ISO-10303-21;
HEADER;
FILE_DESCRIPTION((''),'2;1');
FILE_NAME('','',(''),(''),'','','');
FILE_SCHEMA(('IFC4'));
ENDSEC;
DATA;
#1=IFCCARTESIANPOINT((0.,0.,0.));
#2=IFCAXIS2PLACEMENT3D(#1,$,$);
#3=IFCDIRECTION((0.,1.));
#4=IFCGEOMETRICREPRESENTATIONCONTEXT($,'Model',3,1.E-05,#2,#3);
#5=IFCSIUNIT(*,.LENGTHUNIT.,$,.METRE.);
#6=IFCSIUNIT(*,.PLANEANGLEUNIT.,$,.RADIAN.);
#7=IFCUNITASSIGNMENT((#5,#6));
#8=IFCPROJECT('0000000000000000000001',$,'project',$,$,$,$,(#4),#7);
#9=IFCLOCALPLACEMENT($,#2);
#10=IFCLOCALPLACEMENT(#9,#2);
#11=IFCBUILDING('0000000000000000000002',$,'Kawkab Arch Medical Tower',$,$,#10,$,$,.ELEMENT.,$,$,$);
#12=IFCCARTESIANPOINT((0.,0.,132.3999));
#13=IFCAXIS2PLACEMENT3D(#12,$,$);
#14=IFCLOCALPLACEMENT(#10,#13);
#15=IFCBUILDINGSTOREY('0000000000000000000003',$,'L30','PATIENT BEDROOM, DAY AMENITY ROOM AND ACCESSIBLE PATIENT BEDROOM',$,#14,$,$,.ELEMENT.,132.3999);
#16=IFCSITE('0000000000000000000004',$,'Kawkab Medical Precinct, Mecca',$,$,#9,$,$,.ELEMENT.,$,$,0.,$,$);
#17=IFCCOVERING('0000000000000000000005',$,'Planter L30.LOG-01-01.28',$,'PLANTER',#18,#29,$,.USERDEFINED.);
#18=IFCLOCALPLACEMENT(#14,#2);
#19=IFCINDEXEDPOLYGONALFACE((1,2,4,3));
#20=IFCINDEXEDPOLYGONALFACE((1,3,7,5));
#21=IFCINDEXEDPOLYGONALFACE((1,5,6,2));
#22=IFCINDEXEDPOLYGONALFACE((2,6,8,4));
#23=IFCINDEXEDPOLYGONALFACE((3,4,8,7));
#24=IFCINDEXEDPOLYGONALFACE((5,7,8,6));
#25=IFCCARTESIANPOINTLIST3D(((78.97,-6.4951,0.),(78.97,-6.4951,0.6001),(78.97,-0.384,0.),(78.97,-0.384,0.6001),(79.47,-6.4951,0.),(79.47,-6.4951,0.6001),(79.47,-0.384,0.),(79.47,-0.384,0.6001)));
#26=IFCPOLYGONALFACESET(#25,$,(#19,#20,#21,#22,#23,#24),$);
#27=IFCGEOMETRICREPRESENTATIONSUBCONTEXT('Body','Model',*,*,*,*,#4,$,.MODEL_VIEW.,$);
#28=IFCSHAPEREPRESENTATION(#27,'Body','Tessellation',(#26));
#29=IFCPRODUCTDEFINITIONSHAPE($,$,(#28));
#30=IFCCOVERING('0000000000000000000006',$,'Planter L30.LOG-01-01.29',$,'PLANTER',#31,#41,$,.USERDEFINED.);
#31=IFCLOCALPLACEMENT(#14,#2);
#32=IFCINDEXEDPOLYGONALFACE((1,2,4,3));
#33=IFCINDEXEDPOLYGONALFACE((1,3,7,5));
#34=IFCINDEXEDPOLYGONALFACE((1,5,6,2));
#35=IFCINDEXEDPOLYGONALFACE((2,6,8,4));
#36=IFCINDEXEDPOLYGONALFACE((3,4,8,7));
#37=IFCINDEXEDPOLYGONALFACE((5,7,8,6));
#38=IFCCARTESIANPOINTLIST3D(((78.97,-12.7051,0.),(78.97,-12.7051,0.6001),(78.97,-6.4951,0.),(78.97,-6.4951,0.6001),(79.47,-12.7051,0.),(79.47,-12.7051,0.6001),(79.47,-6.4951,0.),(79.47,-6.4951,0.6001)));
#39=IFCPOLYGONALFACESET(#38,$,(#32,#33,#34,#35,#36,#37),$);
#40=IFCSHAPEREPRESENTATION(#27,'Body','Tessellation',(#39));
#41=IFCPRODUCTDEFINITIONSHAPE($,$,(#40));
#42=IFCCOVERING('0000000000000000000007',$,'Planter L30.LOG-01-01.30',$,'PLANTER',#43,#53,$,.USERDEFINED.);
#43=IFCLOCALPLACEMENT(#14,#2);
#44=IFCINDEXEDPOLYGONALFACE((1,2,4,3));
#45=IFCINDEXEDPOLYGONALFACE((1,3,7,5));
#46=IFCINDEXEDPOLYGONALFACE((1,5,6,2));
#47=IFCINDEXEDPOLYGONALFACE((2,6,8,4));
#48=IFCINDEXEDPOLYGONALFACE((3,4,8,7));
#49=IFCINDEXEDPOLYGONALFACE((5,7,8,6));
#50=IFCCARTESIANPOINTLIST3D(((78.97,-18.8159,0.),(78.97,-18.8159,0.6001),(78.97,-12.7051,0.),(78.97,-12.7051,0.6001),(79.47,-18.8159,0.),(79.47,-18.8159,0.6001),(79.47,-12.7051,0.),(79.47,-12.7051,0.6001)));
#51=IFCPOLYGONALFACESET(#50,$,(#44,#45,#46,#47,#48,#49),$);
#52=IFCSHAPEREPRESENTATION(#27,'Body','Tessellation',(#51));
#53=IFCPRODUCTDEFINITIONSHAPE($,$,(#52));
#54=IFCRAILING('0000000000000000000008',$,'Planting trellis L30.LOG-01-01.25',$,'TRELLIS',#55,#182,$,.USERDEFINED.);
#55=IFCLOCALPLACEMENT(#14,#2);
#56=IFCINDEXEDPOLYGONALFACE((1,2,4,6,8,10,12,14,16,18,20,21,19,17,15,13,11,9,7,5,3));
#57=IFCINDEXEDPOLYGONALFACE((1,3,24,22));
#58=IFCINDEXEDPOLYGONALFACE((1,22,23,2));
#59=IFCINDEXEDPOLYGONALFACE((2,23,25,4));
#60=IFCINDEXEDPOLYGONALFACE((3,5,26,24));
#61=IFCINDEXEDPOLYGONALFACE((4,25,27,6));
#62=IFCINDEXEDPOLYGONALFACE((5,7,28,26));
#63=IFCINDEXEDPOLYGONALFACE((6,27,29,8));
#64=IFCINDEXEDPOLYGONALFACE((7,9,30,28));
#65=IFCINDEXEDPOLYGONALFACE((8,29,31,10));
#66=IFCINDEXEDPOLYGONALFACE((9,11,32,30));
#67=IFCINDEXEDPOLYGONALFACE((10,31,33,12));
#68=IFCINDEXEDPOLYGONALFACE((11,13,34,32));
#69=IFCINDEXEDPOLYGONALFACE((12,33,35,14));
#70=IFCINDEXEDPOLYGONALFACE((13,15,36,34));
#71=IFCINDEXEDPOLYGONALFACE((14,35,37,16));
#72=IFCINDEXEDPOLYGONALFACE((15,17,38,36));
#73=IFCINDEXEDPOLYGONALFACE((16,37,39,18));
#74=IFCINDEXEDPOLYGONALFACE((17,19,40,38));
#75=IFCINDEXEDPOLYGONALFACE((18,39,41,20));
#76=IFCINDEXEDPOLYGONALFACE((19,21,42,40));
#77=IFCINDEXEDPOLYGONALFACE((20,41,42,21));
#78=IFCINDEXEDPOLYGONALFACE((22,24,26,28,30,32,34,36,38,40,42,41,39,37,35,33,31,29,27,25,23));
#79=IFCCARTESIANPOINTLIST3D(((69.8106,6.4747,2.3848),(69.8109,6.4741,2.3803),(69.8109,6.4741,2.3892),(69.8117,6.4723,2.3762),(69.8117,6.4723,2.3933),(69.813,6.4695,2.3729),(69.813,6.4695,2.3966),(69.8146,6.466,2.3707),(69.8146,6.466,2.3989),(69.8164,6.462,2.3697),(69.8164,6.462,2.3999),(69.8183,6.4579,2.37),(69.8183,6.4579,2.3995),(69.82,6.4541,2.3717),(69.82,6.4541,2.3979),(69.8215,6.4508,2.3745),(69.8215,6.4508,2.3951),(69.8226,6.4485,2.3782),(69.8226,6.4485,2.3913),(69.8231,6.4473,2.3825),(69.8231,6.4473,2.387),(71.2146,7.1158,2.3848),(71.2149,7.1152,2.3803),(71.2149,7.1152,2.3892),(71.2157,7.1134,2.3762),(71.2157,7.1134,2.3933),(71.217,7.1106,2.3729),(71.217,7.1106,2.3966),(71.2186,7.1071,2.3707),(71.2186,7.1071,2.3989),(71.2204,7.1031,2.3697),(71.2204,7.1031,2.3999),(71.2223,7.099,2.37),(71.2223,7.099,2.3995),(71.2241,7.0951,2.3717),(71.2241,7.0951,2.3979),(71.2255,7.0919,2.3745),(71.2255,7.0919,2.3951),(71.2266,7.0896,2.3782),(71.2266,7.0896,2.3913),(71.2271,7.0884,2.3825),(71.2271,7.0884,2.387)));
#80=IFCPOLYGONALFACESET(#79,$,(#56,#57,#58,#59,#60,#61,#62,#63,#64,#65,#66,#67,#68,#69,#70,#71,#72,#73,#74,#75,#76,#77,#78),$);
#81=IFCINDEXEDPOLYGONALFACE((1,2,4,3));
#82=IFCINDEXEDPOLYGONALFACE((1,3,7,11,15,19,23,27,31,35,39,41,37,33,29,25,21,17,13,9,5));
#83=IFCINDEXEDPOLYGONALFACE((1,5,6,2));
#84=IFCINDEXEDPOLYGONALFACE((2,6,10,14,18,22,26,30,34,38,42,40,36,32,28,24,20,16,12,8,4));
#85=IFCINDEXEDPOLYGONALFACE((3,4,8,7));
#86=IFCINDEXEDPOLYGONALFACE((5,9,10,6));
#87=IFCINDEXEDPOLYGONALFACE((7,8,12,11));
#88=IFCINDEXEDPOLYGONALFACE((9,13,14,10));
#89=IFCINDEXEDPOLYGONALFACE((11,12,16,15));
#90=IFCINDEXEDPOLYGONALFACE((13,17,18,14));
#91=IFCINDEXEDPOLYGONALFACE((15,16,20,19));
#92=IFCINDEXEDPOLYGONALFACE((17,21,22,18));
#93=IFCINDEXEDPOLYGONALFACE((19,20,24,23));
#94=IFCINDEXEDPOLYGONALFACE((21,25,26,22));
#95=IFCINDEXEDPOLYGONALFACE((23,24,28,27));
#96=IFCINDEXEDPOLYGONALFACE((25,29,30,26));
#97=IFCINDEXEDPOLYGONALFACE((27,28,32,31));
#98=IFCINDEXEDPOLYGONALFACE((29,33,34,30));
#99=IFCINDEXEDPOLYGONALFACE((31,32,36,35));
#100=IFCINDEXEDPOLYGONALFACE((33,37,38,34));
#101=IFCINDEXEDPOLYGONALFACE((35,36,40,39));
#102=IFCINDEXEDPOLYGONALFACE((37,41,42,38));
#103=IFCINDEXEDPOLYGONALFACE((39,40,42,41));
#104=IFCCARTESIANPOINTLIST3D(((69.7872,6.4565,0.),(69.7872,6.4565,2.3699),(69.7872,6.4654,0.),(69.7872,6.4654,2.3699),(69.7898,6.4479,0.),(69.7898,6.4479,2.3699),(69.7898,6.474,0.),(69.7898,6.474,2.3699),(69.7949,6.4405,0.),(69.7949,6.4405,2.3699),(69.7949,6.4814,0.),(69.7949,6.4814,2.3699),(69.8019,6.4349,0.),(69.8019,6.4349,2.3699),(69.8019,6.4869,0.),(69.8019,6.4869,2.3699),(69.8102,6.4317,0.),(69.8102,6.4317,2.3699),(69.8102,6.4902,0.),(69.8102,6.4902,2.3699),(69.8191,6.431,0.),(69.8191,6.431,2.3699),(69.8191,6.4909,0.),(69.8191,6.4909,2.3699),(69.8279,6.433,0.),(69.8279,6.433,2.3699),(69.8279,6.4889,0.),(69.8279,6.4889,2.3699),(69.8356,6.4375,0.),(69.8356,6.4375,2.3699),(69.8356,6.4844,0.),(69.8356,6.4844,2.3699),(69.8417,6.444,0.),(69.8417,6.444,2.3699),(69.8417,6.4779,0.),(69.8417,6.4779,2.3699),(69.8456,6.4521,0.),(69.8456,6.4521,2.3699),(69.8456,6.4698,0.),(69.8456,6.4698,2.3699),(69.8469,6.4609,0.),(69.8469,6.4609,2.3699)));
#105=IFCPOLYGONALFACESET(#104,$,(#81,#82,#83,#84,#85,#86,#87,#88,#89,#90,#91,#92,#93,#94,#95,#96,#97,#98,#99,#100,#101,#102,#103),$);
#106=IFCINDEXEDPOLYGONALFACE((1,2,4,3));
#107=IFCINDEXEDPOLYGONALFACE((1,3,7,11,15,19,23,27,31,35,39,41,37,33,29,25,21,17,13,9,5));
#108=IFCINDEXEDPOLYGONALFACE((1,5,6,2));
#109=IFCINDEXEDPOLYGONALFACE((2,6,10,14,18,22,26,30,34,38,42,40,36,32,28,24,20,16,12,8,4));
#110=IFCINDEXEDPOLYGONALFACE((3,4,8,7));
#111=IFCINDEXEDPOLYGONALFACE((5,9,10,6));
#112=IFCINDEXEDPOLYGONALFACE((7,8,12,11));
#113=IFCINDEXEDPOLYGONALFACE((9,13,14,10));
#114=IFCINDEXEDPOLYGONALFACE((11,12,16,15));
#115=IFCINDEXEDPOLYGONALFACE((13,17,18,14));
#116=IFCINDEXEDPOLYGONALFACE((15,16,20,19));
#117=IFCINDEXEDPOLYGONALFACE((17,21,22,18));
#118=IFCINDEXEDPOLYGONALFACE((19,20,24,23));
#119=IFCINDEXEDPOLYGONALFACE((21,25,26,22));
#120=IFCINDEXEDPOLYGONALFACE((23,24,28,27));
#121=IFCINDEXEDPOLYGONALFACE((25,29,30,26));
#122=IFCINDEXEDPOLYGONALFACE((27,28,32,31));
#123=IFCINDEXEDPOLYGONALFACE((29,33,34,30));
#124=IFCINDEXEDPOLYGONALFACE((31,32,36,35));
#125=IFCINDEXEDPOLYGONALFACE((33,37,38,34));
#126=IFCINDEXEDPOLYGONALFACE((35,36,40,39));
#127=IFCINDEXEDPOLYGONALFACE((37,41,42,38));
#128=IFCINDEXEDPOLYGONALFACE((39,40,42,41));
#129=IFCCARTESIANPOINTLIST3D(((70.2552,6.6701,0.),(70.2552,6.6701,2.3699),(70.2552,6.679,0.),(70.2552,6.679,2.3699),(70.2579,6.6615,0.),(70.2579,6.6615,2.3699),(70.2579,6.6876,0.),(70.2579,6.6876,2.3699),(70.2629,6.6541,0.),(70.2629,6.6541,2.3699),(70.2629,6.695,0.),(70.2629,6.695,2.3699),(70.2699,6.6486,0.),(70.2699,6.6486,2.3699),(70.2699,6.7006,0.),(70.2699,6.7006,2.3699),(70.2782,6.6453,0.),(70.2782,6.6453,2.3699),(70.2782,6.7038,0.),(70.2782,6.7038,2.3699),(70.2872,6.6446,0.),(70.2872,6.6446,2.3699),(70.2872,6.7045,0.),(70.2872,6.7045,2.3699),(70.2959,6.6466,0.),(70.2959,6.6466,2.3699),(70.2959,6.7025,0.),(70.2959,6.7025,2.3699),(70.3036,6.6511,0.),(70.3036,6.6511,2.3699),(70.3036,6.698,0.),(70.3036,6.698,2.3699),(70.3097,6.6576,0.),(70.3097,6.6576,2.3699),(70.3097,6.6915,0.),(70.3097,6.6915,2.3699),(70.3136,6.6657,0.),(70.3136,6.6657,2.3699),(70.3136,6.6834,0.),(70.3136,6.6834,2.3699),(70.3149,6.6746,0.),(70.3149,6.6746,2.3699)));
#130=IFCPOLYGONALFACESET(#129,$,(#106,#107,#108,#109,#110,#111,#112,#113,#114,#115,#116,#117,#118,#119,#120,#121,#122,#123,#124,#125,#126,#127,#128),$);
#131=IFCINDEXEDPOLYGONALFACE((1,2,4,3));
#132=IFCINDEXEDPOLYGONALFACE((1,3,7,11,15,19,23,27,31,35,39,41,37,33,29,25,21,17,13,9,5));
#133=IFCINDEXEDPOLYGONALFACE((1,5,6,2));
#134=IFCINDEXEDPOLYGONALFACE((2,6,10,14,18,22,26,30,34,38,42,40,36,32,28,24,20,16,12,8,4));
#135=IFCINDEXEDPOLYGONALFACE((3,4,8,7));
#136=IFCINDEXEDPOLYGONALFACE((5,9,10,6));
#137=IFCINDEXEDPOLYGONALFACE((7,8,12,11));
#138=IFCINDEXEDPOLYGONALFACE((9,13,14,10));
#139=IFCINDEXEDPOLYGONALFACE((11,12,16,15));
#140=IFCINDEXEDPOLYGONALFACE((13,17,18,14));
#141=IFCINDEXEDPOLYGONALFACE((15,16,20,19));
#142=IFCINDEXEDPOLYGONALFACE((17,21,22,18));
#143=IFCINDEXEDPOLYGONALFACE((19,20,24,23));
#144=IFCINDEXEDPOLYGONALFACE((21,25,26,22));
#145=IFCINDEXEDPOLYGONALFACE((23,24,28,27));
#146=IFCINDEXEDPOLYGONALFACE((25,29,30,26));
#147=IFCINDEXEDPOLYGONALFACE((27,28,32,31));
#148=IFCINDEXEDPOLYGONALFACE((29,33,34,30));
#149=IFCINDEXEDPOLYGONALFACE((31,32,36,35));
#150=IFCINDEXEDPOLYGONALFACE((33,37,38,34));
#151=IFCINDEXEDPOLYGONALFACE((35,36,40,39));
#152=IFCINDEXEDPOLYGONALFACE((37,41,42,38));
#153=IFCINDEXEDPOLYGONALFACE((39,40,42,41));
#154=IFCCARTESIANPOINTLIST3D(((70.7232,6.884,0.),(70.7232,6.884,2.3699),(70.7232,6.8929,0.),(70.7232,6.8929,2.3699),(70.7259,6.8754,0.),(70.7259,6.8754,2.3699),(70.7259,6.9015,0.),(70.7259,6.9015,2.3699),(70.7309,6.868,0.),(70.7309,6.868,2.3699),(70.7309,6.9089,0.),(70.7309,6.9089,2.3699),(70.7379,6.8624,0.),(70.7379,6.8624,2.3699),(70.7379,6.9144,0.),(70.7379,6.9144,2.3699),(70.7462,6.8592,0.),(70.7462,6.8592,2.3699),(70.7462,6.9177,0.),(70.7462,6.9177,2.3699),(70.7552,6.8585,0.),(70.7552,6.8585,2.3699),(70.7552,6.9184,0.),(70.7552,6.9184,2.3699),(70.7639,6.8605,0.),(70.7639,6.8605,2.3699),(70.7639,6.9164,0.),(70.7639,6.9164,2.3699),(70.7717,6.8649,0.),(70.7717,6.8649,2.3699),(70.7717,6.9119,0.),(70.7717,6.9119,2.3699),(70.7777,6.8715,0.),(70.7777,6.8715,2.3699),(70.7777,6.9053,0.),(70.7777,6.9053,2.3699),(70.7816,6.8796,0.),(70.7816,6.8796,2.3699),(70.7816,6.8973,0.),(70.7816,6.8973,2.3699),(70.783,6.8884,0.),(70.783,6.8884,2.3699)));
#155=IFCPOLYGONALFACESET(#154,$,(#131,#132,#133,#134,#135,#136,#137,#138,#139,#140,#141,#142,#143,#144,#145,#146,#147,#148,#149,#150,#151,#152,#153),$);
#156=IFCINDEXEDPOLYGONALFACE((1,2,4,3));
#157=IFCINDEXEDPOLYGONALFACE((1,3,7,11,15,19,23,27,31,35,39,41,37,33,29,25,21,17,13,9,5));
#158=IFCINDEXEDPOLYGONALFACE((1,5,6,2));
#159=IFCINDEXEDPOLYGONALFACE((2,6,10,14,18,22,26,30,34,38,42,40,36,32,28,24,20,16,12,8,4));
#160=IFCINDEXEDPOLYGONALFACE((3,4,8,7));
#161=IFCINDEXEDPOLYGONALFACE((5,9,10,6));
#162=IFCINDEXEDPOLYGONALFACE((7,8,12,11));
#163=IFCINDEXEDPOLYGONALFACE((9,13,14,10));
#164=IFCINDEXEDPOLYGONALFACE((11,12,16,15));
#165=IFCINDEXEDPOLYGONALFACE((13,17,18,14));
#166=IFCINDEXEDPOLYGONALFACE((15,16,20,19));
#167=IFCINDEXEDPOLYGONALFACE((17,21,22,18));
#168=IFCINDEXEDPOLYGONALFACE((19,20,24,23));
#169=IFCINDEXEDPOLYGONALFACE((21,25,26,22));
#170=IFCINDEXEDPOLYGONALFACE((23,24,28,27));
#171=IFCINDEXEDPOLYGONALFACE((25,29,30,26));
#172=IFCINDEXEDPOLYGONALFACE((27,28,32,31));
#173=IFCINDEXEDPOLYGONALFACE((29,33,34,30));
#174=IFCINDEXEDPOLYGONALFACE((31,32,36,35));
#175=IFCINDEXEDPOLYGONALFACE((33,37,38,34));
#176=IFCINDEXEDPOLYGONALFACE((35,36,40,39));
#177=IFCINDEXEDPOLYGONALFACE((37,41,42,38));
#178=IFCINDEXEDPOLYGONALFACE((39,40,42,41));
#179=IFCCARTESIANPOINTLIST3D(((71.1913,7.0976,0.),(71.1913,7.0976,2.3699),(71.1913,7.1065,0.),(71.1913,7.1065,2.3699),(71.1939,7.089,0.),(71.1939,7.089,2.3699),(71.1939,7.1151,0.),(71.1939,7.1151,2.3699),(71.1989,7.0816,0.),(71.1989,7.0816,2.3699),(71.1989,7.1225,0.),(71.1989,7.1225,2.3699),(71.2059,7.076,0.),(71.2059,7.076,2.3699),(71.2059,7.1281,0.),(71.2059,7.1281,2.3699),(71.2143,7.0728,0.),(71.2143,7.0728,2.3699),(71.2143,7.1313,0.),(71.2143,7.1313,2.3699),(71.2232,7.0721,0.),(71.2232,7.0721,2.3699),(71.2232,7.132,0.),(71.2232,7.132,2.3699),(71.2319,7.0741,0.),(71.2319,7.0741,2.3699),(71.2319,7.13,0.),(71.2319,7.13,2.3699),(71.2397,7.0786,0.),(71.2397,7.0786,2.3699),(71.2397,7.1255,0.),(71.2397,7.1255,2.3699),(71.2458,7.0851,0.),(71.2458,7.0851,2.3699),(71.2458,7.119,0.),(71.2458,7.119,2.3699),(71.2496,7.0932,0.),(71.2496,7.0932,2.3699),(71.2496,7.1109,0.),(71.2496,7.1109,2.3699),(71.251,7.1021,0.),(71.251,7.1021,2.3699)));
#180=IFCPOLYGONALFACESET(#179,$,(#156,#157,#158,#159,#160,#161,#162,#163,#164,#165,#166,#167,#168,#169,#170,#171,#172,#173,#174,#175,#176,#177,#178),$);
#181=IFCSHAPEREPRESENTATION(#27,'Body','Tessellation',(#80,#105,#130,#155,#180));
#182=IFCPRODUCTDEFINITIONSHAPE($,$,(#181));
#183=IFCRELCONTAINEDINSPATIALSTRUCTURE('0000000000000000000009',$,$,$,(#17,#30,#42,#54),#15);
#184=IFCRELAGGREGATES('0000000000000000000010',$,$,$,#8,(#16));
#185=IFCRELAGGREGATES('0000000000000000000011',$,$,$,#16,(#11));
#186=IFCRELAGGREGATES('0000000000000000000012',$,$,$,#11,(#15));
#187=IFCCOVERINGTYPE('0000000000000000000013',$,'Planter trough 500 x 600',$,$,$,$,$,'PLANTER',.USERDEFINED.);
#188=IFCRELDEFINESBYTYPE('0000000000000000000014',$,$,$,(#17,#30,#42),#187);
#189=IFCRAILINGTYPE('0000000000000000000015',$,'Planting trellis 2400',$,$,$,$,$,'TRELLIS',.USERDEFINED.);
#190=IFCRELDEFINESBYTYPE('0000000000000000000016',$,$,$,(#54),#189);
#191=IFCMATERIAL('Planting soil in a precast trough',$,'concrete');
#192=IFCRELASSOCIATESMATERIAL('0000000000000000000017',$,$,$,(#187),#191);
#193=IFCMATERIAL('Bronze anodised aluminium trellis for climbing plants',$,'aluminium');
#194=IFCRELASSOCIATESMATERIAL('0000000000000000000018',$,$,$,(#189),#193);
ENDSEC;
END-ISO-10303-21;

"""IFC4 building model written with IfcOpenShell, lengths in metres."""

from ifc_helpers import new_model, si_unit, direction, frame, origin, origin_2d, place, context, subcontext, project, spatial, rectangle, circle, extrude, material, material_profile, profile_set, type_object, element, save


model = new_model("IFC4")

# Units and contexts
model_context = context("Model", 3, precision=1e-05, world=origin(), true_north=direction((0.0, 1.0)))
body_context = subcontext(model_context, "Body", "Model", "MODEL_VIEW")
ifc_project = project(units=[si_unit("LENGTHUNIT", "METRE"), si_unit("PLANEANGLEUNIT", "RADIAN")], contexts=[model_context])

# Site, building, storey
site_placement = place(None, origin())
site = spatial("IfcSite", under=ifc_project, at=site_placement, Name="Kawkab Medical Precinct, Mecca", CompositionType="ELEMENT", RefElevation=0.0)
building_placement = place(site_placement, origin())
building = spatial("IfcBuilding", under=site, at=building_placement, Name="Kawkab Arch Medical Tower", CompositionType="ELEMENT")
storey_placement = place(building_placement, frame((0.0, 0.0, 132.3999)))
storey = spatial("IfcBuildingStorey", under=building, at=storey_placement, Name="L30", Description="PATIENT BEDROOM, DAY AMENITY ROOM AND ACCESSIBLE PATIENT BEDROOM", CompositionType="ELEMENT", Elevation=132.3999)

# Coverings
ifc_material_1 = material(Name="Planting soil in a precast trough", Category="concrete")
ifc_material_profile_1 = material_profile(ifc_material_1, rectangle(XDim=0.5, YDim=0.6001, at=origin_2d()), Name="Trough 500x600")
ifc_profile_set_1 = profile_set([ifc_material_profile_1], Name="Planting soil in a precast trough")
covering_type_1 = type_object("IfcCoveringType", Name="Planter trough 500 x 600", ElementType="PLANTER", PredefinedType="USERDEFINED", material=ifc_profile_set_1)
covering_1_placement = place(storey_placement, frame((79.22, -0.384, 0.3), z_axis=(0.0, -1.0, 0.0), x_axis=(1.0, 0.0, 0.0)))
element("IfcCovering", 1, at=covering_1_placement, inside=storey, type_object=covering_type_1, Name="Planter L30.LOG-01-01.28", ObjectType="PLANTER", PredefinedType="USERDEFINED", context=body_context, shape_type="SweptSolid", body=[
    extrude(rectangle(XDim=0.5, YDim=0.6001, at=origin_2d()), origin(), (0.0, 0.0, 1.0), 6.1111),
])
covering_2_placement = place(storey_placement, frame((79.22, -6.4951, 0.3), z_axis=(0.0, -1.0, 0.0), x_axis=(1.0, 0.0, 0.0)))
element("IfcCovering", 2, at=covering_2_placement, inside=storey, type_object=covering_type_1, Name="Planter L30.LOG-01-01.29", ObjectType="PLANTER", PredefinedType="USERDEFINED", context=body_context, shape_type="SweptSolid", body=[
    extrude(rectangle(XDim=0.5, YDim=0.6001, at=origin_2d()), origin(), (0.0, 0.0, 1.0), 6.21),
])
covering_3_placement = place(storey_placement, frame((79.22, -12.7051, 0.3), z_axis=(0.0, -1.0, 0.0), x_axis=(1.0, 0.0, 0.0)))
element("IfcCovering", 3, at=covering_3_placement, inside=storey, type_object=covering_type_1, Name="Planter L30.LOG-01-01.30", ObjectType="PLANTER", PredefinedType="USERDEFINED", context=body_context, shape_type="SweptSolid", body=[
    extrude(rectangle(XDim=0.5, YDim=0.6001, at=origin_2d()), origin(), (0.0, 0.0, 1.0), 6.1108),
])

# Railing
ifc_material_2 = material(Name="Bronze anodised aluminium trellis for climbing plants", Category="aluminium")
railing_type = type_object("IfcRailingType", Name="Planting trellis 2400", ElementType="TRELLIS", PredefinedType="USERDEFINED", material=ifc_material_2)
railing_1_placement = place(storey_placement, frame((69.8169, 6.4609, 0.0)))
element("IfcRailing", 4, at=railing_1_placement, inside=storey, type_object=railing_type, Name="Planting trellis L30.LOG-01-01.25", ObjectType="TRELLIS", PredefinedType="USERDEFINED", context=body_context, shape_type="SweptSolid", body=[
    extrude(circle(Radius=0.0151, at=origin_2d()), frame((0.0, 0.0, 2.3848), z_axis=(0.909656, 0.415363, 0.0), x_axis=(-0.415363, 0.909656, 0.0)), (0.0, 0.0, 1.0), 1.5435),
    extrude(circle(Radius=0.03, at=origin_2d()), origin(), (0.0, 0.0, 1.0), 2.3699),
    extrude(circle(Radius=0.03, at=origin_2d()), frame((0.468, 0.2136, 0.0)), (0.0, 0.0, 1.0), 2.3699),
    extrude(circle(Radius=0.03, at=origin_2d()), frame((0.936, 0.4275, 0.0)), (0.0, 0.0, 1.0), 2.3699),
    extrude(circle(Radius=0.03, at=origin_2d()), frame((1.4041, 0.6411, 0.0)), (0.0, 0.0, 1.0), 2.3699),
])

save(model, "model.ifc")
